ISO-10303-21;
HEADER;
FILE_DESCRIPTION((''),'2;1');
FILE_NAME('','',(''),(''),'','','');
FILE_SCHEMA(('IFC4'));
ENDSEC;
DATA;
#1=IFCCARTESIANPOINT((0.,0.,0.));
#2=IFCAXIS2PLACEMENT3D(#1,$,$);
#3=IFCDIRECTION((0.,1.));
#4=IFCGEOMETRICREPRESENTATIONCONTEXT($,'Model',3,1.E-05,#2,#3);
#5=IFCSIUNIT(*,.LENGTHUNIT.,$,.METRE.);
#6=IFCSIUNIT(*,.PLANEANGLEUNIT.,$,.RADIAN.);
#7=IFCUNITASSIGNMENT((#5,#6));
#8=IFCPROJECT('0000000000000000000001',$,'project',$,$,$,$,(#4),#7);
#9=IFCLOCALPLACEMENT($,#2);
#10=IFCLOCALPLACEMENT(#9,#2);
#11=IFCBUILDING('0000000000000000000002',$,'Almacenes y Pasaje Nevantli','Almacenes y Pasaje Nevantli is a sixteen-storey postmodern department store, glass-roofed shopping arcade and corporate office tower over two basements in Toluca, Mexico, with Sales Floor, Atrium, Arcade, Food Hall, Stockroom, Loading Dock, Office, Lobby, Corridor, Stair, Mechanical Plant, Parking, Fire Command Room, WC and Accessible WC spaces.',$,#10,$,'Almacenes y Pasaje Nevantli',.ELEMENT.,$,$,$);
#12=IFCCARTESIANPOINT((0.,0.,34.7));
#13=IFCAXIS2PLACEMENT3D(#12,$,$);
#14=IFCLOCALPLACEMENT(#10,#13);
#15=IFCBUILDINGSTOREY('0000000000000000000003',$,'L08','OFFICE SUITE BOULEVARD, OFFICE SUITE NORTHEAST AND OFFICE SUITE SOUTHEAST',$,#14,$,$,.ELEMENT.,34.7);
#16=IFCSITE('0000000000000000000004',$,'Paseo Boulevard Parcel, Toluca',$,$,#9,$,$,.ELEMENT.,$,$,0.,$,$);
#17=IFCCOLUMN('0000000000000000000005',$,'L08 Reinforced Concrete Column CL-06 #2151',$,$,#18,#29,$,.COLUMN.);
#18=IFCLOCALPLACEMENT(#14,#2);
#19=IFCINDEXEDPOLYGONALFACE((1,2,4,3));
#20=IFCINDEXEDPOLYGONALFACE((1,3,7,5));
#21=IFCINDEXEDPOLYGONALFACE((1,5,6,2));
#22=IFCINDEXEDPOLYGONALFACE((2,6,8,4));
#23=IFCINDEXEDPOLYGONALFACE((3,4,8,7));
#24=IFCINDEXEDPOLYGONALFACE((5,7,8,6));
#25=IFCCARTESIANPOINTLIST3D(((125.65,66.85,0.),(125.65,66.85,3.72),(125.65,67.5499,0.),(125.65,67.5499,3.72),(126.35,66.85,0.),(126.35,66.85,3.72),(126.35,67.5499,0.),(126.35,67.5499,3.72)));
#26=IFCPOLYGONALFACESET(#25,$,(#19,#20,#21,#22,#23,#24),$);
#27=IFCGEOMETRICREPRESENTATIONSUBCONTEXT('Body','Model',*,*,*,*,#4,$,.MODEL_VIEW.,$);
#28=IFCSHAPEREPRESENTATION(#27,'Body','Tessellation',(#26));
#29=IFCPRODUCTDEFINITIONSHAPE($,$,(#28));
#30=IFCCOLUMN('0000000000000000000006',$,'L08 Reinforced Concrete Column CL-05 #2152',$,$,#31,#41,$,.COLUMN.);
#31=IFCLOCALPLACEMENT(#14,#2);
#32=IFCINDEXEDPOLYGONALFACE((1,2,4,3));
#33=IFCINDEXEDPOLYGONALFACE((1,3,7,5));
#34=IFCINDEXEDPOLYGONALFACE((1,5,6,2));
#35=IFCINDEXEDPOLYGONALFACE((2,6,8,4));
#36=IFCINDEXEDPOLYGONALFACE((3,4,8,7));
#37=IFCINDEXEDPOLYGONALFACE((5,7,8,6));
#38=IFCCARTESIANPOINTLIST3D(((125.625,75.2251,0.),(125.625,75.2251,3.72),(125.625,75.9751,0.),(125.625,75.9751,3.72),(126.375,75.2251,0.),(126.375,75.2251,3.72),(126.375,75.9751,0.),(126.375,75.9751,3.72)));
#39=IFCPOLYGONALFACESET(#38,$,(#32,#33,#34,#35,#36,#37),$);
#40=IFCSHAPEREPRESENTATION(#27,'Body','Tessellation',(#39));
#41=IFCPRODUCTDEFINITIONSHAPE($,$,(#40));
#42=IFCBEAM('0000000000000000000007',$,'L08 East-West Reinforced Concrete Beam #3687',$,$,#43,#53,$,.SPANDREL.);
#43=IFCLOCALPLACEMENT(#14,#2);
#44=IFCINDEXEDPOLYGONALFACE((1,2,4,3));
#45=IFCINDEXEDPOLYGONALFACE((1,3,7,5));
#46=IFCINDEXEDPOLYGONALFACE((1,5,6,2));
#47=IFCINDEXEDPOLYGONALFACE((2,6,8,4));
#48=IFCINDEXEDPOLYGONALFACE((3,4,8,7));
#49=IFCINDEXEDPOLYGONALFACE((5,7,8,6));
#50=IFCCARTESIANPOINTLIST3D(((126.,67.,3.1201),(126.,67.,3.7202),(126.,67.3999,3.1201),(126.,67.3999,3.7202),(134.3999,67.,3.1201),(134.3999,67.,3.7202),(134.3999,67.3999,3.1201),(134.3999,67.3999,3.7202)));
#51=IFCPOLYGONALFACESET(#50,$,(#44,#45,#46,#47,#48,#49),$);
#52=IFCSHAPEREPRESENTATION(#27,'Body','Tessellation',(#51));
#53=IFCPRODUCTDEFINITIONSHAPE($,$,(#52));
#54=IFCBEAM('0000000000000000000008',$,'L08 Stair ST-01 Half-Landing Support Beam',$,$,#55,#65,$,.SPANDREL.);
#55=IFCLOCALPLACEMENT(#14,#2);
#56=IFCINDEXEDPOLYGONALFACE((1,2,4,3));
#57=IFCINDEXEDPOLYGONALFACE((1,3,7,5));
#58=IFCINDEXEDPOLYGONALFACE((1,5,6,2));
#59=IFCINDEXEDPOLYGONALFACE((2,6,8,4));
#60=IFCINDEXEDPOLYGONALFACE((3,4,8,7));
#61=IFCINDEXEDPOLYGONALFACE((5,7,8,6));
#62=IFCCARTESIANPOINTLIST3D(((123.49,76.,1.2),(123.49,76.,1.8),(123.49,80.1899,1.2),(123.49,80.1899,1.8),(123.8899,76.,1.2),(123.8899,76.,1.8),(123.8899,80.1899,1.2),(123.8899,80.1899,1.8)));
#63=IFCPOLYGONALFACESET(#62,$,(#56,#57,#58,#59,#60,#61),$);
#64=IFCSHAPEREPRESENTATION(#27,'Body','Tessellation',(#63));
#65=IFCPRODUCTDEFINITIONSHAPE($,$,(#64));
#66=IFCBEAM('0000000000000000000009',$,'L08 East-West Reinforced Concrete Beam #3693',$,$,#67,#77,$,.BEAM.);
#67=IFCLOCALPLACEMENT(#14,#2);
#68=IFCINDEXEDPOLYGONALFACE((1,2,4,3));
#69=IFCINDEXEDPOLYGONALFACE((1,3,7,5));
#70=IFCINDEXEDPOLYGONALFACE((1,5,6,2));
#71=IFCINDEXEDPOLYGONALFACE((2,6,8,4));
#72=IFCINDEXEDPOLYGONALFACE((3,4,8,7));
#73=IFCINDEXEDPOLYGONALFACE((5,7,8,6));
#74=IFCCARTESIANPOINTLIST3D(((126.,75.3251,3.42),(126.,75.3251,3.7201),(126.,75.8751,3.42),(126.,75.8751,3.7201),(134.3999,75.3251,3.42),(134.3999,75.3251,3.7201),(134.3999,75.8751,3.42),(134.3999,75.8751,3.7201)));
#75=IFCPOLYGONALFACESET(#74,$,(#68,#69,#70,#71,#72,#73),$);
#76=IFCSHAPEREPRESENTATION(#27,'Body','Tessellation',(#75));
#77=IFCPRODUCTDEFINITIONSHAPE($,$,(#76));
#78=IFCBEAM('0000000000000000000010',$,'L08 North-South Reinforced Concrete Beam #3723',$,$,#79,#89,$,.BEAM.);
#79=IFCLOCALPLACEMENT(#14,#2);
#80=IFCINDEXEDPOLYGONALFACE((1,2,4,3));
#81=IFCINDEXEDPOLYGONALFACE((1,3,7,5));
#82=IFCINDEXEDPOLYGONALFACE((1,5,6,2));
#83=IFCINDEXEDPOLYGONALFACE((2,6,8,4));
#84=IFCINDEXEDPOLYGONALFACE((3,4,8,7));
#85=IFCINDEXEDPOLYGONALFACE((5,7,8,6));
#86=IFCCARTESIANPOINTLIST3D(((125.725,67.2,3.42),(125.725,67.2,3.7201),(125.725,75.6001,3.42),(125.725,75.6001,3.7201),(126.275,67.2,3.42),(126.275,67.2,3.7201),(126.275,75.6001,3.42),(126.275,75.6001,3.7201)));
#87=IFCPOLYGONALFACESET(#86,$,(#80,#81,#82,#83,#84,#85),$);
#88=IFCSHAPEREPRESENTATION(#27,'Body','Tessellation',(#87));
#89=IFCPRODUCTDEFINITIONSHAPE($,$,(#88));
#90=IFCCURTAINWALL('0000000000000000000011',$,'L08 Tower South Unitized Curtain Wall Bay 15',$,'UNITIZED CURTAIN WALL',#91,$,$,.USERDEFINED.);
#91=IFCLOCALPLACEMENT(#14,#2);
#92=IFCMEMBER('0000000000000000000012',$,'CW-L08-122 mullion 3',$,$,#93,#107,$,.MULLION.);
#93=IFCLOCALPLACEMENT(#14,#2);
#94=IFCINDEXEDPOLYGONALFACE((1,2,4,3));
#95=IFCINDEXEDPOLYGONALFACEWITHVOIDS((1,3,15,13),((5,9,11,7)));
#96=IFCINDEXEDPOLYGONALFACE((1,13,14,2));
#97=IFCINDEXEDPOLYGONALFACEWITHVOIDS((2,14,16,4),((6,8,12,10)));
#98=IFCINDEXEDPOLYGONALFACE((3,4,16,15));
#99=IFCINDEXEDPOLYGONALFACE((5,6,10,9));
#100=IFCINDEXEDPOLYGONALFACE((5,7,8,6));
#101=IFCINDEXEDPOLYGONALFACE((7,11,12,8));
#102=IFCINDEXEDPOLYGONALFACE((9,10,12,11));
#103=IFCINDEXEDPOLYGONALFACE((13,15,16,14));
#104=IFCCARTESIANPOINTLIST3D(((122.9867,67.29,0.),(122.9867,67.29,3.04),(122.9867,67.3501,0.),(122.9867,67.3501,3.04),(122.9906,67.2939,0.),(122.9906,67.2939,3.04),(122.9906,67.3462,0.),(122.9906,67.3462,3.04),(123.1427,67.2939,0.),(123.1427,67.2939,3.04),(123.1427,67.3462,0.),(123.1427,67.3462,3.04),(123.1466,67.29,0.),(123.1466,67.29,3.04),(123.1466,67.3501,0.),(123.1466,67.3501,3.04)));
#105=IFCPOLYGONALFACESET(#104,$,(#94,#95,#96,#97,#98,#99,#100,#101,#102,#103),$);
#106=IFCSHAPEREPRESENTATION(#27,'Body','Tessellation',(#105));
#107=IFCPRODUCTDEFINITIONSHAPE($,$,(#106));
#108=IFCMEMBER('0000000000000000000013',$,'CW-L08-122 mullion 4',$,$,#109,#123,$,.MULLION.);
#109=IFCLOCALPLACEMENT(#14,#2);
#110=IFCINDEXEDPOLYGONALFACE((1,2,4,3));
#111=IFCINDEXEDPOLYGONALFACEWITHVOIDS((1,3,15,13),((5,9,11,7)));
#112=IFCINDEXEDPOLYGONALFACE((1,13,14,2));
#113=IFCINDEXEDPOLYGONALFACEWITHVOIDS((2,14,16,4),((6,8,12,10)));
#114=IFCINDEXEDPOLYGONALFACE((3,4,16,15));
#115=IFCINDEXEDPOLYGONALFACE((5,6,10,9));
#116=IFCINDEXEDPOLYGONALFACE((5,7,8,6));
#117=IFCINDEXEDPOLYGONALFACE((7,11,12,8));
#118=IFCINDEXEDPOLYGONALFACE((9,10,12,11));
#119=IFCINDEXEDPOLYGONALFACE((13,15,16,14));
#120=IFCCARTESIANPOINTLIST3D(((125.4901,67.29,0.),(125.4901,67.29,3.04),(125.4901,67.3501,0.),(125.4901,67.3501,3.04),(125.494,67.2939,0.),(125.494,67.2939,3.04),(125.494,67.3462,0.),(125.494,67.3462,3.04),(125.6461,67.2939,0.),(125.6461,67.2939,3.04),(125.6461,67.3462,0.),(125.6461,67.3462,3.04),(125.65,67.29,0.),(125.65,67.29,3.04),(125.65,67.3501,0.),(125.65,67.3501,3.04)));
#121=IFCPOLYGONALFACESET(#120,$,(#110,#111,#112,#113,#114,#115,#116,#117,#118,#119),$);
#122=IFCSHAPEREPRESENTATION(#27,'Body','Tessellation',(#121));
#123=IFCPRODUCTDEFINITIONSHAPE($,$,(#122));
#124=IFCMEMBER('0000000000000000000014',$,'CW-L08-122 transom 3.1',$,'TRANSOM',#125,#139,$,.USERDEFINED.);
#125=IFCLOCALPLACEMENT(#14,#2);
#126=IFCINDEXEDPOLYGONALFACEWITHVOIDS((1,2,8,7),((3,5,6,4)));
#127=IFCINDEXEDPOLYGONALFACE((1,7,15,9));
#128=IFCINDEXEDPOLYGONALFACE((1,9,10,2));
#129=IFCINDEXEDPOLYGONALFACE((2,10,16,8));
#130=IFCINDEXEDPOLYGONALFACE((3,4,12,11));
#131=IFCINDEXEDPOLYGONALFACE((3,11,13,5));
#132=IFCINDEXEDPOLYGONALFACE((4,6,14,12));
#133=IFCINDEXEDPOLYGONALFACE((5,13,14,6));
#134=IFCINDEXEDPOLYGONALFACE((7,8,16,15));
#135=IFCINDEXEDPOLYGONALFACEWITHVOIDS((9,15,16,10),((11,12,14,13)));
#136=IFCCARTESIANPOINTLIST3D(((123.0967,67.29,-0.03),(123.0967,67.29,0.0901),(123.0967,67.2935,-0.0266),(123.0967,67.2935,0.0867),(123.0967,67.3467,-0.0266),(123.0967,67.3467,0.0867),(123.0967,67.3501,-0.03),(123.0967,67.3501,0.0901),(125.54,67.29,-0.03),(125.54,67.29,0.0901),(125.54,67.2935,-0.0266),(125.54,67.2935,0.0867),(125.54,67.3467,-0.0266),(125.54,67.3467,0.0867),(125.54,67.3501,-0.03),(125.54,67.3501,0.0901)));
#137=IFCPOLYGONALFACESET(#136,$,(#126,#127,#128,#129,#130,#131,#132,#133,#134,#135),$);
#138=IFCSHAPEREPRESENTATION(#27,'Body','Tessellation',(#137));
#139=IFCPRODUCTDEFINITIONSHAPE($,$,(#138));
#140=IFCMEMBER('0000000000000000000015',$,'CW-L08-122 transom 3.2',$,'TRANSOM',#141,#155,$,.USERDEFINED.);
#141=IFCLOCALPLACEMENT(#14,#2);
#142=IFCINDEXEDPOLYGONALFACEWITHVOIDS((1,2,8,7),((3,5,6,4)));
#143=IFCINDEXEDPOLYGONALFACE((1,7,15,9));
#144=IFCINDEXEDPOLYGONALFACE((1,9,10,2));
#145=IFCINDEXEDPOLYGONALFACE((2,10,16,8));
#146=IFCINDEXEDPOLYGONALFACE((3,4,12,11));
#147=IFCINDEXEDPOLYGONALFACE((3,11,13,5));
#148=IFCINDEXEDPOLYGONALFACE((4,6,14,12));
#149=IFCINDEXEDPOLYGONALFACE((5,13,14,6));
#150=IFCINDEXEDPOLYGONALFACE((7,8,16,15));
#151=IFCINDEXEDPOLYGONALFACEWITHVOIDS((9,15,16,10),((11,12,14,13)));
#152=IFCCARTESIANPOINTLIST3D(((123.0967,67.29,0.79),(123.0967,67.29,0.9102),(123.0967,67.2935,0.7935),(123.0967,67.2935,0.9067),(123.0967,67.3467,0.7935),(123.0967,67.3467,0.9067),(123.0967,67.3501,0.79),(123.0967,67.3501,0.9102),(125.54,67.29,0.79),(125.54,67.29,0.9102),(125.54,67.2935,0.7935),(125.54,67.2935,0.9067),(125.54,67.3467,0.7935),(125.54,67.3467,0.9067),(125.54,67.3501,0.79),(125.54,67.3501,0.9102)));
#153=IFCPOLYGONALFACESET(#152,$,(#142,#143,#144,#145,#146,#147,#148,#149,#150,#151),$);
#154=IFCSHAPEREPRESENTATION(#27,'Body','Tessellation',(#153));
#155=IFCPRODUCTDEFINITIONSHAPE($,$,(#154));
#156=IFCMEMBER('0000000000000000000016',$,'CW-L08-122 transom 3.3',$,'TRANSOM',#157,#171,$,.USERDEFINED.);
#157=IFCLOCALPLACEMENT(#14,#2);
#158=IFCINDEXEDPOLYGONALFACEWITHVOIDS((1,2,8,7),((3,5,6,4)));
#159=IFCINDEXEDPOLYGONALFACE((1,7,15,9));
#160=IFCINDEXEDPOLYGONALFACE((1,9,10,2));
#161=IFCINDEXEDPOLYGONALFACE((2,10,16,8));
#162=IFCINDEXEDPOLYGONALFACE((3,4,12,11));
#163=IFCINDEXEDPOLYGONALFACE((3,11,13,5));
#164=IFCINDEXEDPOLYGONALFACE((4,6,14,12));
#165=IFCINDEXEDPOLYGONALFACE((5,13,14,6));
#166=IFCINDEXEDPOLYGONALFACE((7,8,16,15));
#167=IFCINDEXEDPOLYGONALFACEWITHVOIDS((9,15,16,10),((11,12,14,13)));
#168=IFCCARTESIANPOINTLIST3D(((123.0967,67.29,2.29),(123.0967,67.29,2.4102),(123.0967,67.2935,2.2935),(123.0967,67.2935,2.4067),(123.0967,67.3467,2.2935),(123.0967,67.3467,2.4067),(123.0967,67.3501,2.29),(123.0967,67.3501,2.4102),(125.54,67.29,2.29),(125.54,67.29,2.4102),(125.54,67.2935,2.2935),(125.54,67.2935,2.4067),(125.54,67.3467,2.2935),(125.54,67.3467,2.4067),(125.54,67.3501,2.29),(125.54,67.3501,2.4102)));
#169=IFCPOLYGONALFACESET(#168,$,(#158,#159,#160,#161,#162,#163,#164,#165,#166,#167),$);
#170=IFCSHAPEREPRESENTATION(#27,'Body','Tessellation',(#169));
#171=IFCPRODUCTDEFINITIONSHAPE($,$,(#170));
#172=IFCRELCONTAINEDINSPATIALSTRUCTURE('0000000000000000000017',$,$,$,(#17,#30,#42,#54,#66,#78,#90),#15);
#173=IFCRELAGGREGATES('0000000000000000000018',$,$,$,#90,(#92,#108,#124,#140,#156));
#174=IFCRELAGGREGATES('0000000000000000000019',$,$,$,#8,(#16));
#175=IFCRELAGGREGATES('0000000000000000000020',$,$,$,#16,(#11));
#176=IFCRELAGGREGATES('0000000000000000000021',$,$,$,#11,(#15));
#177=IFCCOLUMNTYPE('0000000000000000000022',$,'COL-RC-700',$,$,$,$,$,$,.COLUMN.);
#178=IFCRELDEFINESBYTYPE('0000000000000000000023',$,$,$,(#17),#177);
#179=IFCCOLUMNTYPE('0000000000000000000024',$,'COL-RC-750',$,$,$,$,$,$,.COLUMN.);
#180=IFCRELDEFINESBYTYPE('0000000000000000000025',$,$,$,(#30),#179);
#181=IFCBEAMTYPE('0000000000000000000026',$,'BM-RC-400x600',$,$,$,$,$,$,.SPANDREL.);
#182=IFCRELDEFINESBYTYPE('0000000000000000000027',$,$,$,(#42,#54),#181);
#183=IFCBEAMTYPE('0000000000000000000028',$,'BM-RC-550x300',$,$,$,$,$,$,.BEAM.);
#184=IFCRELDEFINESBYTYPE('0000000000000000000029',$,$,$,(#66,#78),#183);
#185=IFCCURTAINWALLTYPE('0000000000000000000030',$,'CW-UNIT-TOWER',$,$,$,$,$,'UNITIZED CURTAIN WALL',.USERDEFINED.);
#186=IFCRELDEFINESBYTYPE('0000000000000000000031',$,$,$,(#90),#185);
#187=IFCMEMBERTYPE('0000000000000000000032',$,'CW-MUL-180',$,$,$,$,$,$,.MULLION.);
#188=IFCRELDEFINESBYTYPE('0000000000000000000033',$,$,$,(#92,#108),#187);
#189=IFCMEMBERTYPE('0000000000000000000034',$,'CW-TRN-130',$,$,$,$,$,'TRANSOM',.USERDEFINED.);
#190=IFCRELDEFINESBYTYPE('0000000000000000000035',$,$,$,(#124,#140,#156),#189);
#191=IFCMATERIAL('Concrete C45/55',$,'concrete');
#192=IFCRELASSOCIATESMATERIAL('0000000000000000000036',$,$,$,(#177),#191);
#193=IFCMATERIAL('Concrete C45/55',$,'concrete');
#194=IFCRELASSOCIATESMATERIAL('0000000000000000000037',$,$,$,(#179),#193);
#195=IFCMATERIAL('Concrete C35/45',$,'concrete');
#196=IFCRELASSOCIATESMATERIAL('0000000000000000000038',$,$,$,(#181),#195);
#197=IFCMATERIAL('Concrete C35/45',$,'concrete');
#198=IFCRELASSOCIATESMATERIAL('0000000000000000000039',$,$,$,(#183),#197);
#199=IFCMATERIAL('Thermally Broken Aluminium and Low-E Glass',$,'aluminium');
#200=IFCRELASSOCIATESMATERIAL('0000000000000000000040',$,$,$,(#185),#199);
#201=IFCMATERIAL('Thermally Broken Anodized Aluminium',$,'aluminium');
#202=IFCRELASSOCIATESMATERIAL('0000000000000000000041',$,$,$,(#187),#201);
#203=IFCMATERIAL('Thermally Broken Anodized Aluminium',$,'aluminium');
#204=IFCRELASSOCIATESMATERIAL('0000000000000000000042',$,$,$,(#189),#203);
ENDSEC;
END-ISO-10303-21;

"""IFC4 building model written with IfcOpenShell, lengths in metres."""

from ifc_helpers import new_model, si_unit, direction, frame, origin, origin_2d, place, context, subcontext, project, spatial, rectangle, hollow_rectangle, extrude, material, material_profile, profile_set, type_object, element, aggregate, save


model = new_model("IFC4")

# Units and contexts
model_context = context("Model", 3, precision=1e-05, world=origin(), true_north=direction((0.0, 1.0)))
body_context = subcontext(model_context, "Body", "Model", "MODEL_VIEW")
ifc_project = project(units=[si_unit("LENGTHUNIT", "METRE"), si_unit("PLANEANGLEUNIT", "RADIAN")], contexts=[model_context])

# Site, building, storey
site_placement = place(None, origin())
site = spatial("IfcSite", under=ifc_project, at=site_placement, Name="Paseo Boulevard Parcel, Toluca", CompositionType="ELEMENT", RefElevation=0.0)
building_placement = place(site_placement, origin())
building = spatial("IfcBuilding", under=site, at=building_placement, Name="Almacenes y Pasaje Nevantli", Description="Almacenes y Pasaje Nevantli is a sixteen-storey postmodern department store, glass-roofed shopping arcade and corporate office tower over two basements in Toluca, Mexico, with Sales Floor, Atrium, Arcade, Food Hall, Stockroom, Loading Dock, Office, Lobby, Corridor, Stair, Mechanical Plant, Parking, Fire Command Room, WC and Accessible WC spaces.", LongName="Almacenes y Pasaje Nevantli", CompositionType="ELEMENT")
storey_placement = place(building_placement, frame((0.0, 0.0, 34.7)))
storey = spatial("IfcBuildingStorey", under=building, at=storey_placement, Name="L08", Description="OFFICE SUITE BOULEVARD, OFFICE SUITE NORTHEAST AND OFFICE SUITE SOUTHEAST", CompositionType="ELEMENT", Elevation=34.7)

# Columns
ifc_material_1 = material(Name="Concrete C45/55", Category="concrete")
ifc_material_profile_1 = material_profile(ifc_material_1, rectangle(XDim=0.7, YDim=0.7, at=origin_2d()), Name="RC-COL-700x700")
ifc_profile_set_1 = profile_set([ifc_material_profile_1], Name="Concrete C45/55")
column_type_1 = type_object("IfcColumnType", Name="COL-RC-700", PredefinedType="COLUMN", material=ifc_profile_set_1)
column_1_placement = place(storey_placement, frame((126.0, 67.2, 0.0), z_axis=(0.0, 0.0, 1.0), x_axis=(1.0, 0.0, 0.0)))
element("IfcColumn", 1, at=column_1_placement, inside=storey, type_object=column_type_1, Name="L08 Reinforced Concrete Column CL-06 #2151", PredefinedType="COLUMN", context=body_context, shape_type="SweptSolid", body=[
    extrude(rectangle(XDim=0.7, YDim=0.7, at=origin_2d()), origin(), (0.0, 0.0, 1.0), 3.72),
])
ifc_material_2 = material(Name="Concrete C45/55", Category="concrete")
ifc_material_profile_2 = material_profile(ifc_material_2, rectangle(XDim=0.75, YDim=0.75, at=origin_2d()), Name="RC-COL-750x750")
ifc_profile_set_2 = profile_set([ifc_material_profile_2], Name="Concrete C45/55")
column_type_2 = type_object("IfcColumnType", Name="COL-RC-750", PredefinedType="COLUMN", material=ifc_profile_set_2)
column_2_placement = place(storey_placement, frame((126.0, 75.6001, 0.0), z_axis=(0.0, 0.0, 1.0), x_axis=(1.0, 0.0, 0.0)))
element("IfcColumn", 2, at=column_2_placement, inside=storey, type_object=column_type_2, Name="L08 Reinforced Concrete Column CL-05 #2152", PredefinedType="COLUMN", context=body_context, shape_type="SweptSolid", body=[
    extrude(rectangle(XDim=0.75, YDim=0.75, at=origin_2d()), origin(), (0.0, 0.0, 1.0), 3.72),
])

# Beams
ifc_material_3 = material(Name="Concrete C35/45", Category="concrete")
ifc_material_profile_3 = material_profile(ifc_material_3, rectangle(XDim=0.3999, YDim=0.6001, at=origin_2d()), Name="RC-BM-400x600")
ifc_profile_set_3 = profile_set([ifc_material_profile_3], Name="Concrete C35/45")
beam_type_1 = type_object("IfcBeamType", Name="BM-RC-400x600", PredefinedType="SPANDREL", material=ifc_profile_set_3)
beam_1_placement = place(storey_placement, frame((126.0, 67.2, 3.4202), z_axis=(1.0, 0.0, 0.0), x_axis=(0.0, 1.0, 0.0)))
element("IfcBeam", 3, at=beam_1_placement, inside=storey, type_object=beam_type_1, Name="L08 East-West Reinforced Concrete Beam #3687", PredefinedType="SPANDREL", context=body_context, shape_type="SweptSolid", body=[
    extrude(rectangle(XDim=0.3999, YDim=0.6001, at=origin_2d()), origin(), (0.0, 0.0, 1.0), 8.3999),
])
beam_2_placement = place(storey_placement, frame((123.6899, 76.0, 1.5), z_axis=(0.0, 1.0, 0.0), x_axis=(-1.0, 0.0, 0.0)))
element("IfcBeam", 4, at=beam_2_placement, inside=storey, type_object=beam_type_1, Name="L08 Stair ST-01 Half-Landing Support Beam", PredefinedType="SPANDREL", context=body_context, shape_type="SweptSolid", body=[
    extrude(rectangle(XDim=0.3999, YDim=0.6001, at=origin_2d()), origin(), (0.0, 0.0, 1.0), 4.1899),
])
ifc_material_4 = material(Name="Concrete C35/45", Category="concrete")
ifc_material_profile_4 = material_profile(ifc_material_4, rectangle(XDim=0.55, YDim=0.3, at=origin_2d()), Name="RC-BM-550x300")
ifc_profile_set_4 = profile_set([ifc_material_profile_4], Name="Concrete C35/45")
beam_type_2 = type_object("IfcBeamType", Name="BM-RC-550x300", PredefinedType="BEAM", material=ifc_profile_set_4)
beam_3_placement = place(storey_placement, frame((126.0, 75.6001, 3.5701), z_axis=(1.0, 0.0, 0.0), x_axis=(0.0, 1.0, 0.0)))
element("IfcBeam", 5, at=beam_3_placement, inside=storey, type_object=beam_type_2, Name="L08 East-West Reinforced Concrete Beam #3693", PredefinedType="BEAM", context=body_context, shape_type="SweptSolid", body=[
    extrude(rectangle(XDim=0.55, YDim=0.3, at=origin_2d()), origin(), (0.0, 0.0, 1.0), 8.3999),
])
beam_4_placement = place(storey_placement, frame((126.0, 67.2, 3.5701), z_axis=(0.0, 1.0, 0.0), x_axis=(-1.0, 0.0, 0.0)))
element("IfcBeam", 6, at=beam_4_placement, inside=storey, type_object=beam_type_2, Name="L08 North-South Reinforced Concrete Beam #3723", PredefinedType="BEAM", context=body_context, shape_type="SweptSolid", body=[
    extrude(rectangle(XDim=0.55, YDim=0.3, at=origin_2d()), origin(), (0.0, 0.0, 1.0), 8.4001),
])

# Curtain wall, members
ifc_material_5 = material(Name="Thermally Broken Aluminium and Low-E Glass", Category="aluminium")
curtain_wall_type = type_object("IfcCurtainWallType", Name="CW-UNIT-TOWER", ElementType="UNITIZED CURTAIN WALL", PredefinedType="USERDEFINED", material=ifc_material_5)
curtain_wall_placement = place(storey_placement, origin())
curtain_wall = element("IfcCurtainWall", 7, at=curtain_wall_placement, inside=storey, type_object=curtain_wall_type, Name="L08 Tower South Unitized Curtain Wall Bay 15", ObjectType="UNITIZED CURTAIN WALL", PredefinedType="USERDEFINED")
ifc_material_6 = material(Name="Thermally Broken Anodized Aluminium", Category="aluminium")
ifc_material_profile_5 = material_profile(ifc_material_6, hollow_rectangle(XDim=0.0601, YDim=0.1599, WallThickness=0.0039, at=origin_2d()), Name="ALU-MUL-60x160")
ifc_profile_set_5 = profile_set([ifc_material_profile_5], Name="Thermally Broken Anodized Aluminium")
member_type_1 = type_object("IfcMemberType", Name="CW-MUL-180", PredefinedType="MULLION", material=ifc_profile_set_5)
member_1_placement = place(storey_placement, frame((123.0667, 67.3201, 0.0), z_axis=(0.0, 0.0, 1.0), x_axis=(0.0, 1.0, 0.0)))
member_1 = element("IfcMember", 8, at=member_1_placement, type_object=member_type_1, Name="CW-L08-122 mullion 3", PredefinedType="MULLION", context=body_context, shape_type="SweptSolid", body=[
    extrude(hollow_rectangle(XDim=0.0601, YDim=0.1599, WallThickness=0.0039, at=origin_2d()), origin(), (0.0, 0.0, 1.0), 3.04),
])
member_2_placement = place(storey_placement, frame((125.5701, 67.3201, 0.0), z_axis=(0.0, 0.0, 1.0), x_axis=(0.0, 1.0, 0.0)))
member_2 = element("IfcMember", 9, at=member_2_placement, type_object=member_type_1, Name="CW-L08-122 mullion 4", PredefinedType="MULLION", context=body_context, shape_type="SweptSolid", body=[
    extrude(hollow_rectangle(XDim=0.0601, YDim=0.1599, WallThickness=0.0039, at=origin_2d()), origin(), (0.0, 0.0, 1.0), 3.04),
])
ifc_material_7 = material(Name="Thermally Broken Anodized Aluminium", Category="aluminium")
ifc_material_profile_6 = material_profile(ifc_material_7, hollow_rectangle(XDim=0.0601, YDim=0.1201, WallThickness=0.0034, at=origin_2d()), Name="ALU-TRN-60x120")
ifc_profile_set_6 = profile_set([ifc_material_profile_6], Name="Thermally Broken Anodized Aluminium")
member_type_2 = type_object("IfcMemberType", Name="CW-TRN-130", ElementType="TRANSOM", PredefinedType="USERDEFINED", material=ifc_profile_set_6)
member_3_placement = place(storey_placement, frame((123.0967, 67.3201, 0.03), z_axis=(1.0, 0.0, 0.0), x_axis=(0.0, 1.0, 0.0)))
member_3 = element("IfcMember", 10, at=member_3_placement, type_object=member_type_2, Name="CW-L08-122 transom 3.1", ObjectType="TRANSOM", PredefinedType="USERDEFINED", context=body_context, shape_type="SweptSolid", body=[
    extrude(hollow_rectangle(XDim=0.0601, YDim=0.1201, WallThickness=0.0034, at=origin_2d()), origin(), (0.0, 0.0, 1.0), 2.4434),
])
member_4_placement = place(storey_placement, frame((123.0967, 67.3201, 0.8501), z_axis=(1.0, 0.0, 0.0), x_axis=(0.0, 1.0, 0.0)))
member_4 = element("IfcMember", 11, at=member_4_placement, type_object=member_type_2, Name="CW-L08-122 transom 3.2", ObjectType="TRANSOM", PredefinedType="USERDEFINED", context=body_context, shape_type="SweptSolid", body=[
    extrude(hollow_rectangle(XDim=0.0601, YDim=0.1201, WallThickness=0.0034, at=origin_2d()), origin(), (0.0, 0.0, 1.0), 2.4434),
])
member_5_placement = place(storey_placement, frame((123.0967, 67.3201, 2.3501), z_axis=(1.0, 0.0, 0.0), x_axis=(0.0, 1.0, 0.0)))
member_5 = element("IfcMember", 12, at=member_5_placement, type_object=member_type_2, Name="CW-L08-122 transom 3.3", ObjectType="TRANSOM", PredefinedType="USERDEFINED", context=body_context, shape_type="SweptSolid", body=[
    extrude(hollow_rectangle(XDim=0.0601, YDim=0.1201, WallThickness=0.0034, at=origin_2d()), origin(), (0.0, 0.0, 1.0), 2.4434),
])
aggregate(curtain_wall, [member_1, member_2, member_3, member_4, member_5])

save(model, "model.ifc")
